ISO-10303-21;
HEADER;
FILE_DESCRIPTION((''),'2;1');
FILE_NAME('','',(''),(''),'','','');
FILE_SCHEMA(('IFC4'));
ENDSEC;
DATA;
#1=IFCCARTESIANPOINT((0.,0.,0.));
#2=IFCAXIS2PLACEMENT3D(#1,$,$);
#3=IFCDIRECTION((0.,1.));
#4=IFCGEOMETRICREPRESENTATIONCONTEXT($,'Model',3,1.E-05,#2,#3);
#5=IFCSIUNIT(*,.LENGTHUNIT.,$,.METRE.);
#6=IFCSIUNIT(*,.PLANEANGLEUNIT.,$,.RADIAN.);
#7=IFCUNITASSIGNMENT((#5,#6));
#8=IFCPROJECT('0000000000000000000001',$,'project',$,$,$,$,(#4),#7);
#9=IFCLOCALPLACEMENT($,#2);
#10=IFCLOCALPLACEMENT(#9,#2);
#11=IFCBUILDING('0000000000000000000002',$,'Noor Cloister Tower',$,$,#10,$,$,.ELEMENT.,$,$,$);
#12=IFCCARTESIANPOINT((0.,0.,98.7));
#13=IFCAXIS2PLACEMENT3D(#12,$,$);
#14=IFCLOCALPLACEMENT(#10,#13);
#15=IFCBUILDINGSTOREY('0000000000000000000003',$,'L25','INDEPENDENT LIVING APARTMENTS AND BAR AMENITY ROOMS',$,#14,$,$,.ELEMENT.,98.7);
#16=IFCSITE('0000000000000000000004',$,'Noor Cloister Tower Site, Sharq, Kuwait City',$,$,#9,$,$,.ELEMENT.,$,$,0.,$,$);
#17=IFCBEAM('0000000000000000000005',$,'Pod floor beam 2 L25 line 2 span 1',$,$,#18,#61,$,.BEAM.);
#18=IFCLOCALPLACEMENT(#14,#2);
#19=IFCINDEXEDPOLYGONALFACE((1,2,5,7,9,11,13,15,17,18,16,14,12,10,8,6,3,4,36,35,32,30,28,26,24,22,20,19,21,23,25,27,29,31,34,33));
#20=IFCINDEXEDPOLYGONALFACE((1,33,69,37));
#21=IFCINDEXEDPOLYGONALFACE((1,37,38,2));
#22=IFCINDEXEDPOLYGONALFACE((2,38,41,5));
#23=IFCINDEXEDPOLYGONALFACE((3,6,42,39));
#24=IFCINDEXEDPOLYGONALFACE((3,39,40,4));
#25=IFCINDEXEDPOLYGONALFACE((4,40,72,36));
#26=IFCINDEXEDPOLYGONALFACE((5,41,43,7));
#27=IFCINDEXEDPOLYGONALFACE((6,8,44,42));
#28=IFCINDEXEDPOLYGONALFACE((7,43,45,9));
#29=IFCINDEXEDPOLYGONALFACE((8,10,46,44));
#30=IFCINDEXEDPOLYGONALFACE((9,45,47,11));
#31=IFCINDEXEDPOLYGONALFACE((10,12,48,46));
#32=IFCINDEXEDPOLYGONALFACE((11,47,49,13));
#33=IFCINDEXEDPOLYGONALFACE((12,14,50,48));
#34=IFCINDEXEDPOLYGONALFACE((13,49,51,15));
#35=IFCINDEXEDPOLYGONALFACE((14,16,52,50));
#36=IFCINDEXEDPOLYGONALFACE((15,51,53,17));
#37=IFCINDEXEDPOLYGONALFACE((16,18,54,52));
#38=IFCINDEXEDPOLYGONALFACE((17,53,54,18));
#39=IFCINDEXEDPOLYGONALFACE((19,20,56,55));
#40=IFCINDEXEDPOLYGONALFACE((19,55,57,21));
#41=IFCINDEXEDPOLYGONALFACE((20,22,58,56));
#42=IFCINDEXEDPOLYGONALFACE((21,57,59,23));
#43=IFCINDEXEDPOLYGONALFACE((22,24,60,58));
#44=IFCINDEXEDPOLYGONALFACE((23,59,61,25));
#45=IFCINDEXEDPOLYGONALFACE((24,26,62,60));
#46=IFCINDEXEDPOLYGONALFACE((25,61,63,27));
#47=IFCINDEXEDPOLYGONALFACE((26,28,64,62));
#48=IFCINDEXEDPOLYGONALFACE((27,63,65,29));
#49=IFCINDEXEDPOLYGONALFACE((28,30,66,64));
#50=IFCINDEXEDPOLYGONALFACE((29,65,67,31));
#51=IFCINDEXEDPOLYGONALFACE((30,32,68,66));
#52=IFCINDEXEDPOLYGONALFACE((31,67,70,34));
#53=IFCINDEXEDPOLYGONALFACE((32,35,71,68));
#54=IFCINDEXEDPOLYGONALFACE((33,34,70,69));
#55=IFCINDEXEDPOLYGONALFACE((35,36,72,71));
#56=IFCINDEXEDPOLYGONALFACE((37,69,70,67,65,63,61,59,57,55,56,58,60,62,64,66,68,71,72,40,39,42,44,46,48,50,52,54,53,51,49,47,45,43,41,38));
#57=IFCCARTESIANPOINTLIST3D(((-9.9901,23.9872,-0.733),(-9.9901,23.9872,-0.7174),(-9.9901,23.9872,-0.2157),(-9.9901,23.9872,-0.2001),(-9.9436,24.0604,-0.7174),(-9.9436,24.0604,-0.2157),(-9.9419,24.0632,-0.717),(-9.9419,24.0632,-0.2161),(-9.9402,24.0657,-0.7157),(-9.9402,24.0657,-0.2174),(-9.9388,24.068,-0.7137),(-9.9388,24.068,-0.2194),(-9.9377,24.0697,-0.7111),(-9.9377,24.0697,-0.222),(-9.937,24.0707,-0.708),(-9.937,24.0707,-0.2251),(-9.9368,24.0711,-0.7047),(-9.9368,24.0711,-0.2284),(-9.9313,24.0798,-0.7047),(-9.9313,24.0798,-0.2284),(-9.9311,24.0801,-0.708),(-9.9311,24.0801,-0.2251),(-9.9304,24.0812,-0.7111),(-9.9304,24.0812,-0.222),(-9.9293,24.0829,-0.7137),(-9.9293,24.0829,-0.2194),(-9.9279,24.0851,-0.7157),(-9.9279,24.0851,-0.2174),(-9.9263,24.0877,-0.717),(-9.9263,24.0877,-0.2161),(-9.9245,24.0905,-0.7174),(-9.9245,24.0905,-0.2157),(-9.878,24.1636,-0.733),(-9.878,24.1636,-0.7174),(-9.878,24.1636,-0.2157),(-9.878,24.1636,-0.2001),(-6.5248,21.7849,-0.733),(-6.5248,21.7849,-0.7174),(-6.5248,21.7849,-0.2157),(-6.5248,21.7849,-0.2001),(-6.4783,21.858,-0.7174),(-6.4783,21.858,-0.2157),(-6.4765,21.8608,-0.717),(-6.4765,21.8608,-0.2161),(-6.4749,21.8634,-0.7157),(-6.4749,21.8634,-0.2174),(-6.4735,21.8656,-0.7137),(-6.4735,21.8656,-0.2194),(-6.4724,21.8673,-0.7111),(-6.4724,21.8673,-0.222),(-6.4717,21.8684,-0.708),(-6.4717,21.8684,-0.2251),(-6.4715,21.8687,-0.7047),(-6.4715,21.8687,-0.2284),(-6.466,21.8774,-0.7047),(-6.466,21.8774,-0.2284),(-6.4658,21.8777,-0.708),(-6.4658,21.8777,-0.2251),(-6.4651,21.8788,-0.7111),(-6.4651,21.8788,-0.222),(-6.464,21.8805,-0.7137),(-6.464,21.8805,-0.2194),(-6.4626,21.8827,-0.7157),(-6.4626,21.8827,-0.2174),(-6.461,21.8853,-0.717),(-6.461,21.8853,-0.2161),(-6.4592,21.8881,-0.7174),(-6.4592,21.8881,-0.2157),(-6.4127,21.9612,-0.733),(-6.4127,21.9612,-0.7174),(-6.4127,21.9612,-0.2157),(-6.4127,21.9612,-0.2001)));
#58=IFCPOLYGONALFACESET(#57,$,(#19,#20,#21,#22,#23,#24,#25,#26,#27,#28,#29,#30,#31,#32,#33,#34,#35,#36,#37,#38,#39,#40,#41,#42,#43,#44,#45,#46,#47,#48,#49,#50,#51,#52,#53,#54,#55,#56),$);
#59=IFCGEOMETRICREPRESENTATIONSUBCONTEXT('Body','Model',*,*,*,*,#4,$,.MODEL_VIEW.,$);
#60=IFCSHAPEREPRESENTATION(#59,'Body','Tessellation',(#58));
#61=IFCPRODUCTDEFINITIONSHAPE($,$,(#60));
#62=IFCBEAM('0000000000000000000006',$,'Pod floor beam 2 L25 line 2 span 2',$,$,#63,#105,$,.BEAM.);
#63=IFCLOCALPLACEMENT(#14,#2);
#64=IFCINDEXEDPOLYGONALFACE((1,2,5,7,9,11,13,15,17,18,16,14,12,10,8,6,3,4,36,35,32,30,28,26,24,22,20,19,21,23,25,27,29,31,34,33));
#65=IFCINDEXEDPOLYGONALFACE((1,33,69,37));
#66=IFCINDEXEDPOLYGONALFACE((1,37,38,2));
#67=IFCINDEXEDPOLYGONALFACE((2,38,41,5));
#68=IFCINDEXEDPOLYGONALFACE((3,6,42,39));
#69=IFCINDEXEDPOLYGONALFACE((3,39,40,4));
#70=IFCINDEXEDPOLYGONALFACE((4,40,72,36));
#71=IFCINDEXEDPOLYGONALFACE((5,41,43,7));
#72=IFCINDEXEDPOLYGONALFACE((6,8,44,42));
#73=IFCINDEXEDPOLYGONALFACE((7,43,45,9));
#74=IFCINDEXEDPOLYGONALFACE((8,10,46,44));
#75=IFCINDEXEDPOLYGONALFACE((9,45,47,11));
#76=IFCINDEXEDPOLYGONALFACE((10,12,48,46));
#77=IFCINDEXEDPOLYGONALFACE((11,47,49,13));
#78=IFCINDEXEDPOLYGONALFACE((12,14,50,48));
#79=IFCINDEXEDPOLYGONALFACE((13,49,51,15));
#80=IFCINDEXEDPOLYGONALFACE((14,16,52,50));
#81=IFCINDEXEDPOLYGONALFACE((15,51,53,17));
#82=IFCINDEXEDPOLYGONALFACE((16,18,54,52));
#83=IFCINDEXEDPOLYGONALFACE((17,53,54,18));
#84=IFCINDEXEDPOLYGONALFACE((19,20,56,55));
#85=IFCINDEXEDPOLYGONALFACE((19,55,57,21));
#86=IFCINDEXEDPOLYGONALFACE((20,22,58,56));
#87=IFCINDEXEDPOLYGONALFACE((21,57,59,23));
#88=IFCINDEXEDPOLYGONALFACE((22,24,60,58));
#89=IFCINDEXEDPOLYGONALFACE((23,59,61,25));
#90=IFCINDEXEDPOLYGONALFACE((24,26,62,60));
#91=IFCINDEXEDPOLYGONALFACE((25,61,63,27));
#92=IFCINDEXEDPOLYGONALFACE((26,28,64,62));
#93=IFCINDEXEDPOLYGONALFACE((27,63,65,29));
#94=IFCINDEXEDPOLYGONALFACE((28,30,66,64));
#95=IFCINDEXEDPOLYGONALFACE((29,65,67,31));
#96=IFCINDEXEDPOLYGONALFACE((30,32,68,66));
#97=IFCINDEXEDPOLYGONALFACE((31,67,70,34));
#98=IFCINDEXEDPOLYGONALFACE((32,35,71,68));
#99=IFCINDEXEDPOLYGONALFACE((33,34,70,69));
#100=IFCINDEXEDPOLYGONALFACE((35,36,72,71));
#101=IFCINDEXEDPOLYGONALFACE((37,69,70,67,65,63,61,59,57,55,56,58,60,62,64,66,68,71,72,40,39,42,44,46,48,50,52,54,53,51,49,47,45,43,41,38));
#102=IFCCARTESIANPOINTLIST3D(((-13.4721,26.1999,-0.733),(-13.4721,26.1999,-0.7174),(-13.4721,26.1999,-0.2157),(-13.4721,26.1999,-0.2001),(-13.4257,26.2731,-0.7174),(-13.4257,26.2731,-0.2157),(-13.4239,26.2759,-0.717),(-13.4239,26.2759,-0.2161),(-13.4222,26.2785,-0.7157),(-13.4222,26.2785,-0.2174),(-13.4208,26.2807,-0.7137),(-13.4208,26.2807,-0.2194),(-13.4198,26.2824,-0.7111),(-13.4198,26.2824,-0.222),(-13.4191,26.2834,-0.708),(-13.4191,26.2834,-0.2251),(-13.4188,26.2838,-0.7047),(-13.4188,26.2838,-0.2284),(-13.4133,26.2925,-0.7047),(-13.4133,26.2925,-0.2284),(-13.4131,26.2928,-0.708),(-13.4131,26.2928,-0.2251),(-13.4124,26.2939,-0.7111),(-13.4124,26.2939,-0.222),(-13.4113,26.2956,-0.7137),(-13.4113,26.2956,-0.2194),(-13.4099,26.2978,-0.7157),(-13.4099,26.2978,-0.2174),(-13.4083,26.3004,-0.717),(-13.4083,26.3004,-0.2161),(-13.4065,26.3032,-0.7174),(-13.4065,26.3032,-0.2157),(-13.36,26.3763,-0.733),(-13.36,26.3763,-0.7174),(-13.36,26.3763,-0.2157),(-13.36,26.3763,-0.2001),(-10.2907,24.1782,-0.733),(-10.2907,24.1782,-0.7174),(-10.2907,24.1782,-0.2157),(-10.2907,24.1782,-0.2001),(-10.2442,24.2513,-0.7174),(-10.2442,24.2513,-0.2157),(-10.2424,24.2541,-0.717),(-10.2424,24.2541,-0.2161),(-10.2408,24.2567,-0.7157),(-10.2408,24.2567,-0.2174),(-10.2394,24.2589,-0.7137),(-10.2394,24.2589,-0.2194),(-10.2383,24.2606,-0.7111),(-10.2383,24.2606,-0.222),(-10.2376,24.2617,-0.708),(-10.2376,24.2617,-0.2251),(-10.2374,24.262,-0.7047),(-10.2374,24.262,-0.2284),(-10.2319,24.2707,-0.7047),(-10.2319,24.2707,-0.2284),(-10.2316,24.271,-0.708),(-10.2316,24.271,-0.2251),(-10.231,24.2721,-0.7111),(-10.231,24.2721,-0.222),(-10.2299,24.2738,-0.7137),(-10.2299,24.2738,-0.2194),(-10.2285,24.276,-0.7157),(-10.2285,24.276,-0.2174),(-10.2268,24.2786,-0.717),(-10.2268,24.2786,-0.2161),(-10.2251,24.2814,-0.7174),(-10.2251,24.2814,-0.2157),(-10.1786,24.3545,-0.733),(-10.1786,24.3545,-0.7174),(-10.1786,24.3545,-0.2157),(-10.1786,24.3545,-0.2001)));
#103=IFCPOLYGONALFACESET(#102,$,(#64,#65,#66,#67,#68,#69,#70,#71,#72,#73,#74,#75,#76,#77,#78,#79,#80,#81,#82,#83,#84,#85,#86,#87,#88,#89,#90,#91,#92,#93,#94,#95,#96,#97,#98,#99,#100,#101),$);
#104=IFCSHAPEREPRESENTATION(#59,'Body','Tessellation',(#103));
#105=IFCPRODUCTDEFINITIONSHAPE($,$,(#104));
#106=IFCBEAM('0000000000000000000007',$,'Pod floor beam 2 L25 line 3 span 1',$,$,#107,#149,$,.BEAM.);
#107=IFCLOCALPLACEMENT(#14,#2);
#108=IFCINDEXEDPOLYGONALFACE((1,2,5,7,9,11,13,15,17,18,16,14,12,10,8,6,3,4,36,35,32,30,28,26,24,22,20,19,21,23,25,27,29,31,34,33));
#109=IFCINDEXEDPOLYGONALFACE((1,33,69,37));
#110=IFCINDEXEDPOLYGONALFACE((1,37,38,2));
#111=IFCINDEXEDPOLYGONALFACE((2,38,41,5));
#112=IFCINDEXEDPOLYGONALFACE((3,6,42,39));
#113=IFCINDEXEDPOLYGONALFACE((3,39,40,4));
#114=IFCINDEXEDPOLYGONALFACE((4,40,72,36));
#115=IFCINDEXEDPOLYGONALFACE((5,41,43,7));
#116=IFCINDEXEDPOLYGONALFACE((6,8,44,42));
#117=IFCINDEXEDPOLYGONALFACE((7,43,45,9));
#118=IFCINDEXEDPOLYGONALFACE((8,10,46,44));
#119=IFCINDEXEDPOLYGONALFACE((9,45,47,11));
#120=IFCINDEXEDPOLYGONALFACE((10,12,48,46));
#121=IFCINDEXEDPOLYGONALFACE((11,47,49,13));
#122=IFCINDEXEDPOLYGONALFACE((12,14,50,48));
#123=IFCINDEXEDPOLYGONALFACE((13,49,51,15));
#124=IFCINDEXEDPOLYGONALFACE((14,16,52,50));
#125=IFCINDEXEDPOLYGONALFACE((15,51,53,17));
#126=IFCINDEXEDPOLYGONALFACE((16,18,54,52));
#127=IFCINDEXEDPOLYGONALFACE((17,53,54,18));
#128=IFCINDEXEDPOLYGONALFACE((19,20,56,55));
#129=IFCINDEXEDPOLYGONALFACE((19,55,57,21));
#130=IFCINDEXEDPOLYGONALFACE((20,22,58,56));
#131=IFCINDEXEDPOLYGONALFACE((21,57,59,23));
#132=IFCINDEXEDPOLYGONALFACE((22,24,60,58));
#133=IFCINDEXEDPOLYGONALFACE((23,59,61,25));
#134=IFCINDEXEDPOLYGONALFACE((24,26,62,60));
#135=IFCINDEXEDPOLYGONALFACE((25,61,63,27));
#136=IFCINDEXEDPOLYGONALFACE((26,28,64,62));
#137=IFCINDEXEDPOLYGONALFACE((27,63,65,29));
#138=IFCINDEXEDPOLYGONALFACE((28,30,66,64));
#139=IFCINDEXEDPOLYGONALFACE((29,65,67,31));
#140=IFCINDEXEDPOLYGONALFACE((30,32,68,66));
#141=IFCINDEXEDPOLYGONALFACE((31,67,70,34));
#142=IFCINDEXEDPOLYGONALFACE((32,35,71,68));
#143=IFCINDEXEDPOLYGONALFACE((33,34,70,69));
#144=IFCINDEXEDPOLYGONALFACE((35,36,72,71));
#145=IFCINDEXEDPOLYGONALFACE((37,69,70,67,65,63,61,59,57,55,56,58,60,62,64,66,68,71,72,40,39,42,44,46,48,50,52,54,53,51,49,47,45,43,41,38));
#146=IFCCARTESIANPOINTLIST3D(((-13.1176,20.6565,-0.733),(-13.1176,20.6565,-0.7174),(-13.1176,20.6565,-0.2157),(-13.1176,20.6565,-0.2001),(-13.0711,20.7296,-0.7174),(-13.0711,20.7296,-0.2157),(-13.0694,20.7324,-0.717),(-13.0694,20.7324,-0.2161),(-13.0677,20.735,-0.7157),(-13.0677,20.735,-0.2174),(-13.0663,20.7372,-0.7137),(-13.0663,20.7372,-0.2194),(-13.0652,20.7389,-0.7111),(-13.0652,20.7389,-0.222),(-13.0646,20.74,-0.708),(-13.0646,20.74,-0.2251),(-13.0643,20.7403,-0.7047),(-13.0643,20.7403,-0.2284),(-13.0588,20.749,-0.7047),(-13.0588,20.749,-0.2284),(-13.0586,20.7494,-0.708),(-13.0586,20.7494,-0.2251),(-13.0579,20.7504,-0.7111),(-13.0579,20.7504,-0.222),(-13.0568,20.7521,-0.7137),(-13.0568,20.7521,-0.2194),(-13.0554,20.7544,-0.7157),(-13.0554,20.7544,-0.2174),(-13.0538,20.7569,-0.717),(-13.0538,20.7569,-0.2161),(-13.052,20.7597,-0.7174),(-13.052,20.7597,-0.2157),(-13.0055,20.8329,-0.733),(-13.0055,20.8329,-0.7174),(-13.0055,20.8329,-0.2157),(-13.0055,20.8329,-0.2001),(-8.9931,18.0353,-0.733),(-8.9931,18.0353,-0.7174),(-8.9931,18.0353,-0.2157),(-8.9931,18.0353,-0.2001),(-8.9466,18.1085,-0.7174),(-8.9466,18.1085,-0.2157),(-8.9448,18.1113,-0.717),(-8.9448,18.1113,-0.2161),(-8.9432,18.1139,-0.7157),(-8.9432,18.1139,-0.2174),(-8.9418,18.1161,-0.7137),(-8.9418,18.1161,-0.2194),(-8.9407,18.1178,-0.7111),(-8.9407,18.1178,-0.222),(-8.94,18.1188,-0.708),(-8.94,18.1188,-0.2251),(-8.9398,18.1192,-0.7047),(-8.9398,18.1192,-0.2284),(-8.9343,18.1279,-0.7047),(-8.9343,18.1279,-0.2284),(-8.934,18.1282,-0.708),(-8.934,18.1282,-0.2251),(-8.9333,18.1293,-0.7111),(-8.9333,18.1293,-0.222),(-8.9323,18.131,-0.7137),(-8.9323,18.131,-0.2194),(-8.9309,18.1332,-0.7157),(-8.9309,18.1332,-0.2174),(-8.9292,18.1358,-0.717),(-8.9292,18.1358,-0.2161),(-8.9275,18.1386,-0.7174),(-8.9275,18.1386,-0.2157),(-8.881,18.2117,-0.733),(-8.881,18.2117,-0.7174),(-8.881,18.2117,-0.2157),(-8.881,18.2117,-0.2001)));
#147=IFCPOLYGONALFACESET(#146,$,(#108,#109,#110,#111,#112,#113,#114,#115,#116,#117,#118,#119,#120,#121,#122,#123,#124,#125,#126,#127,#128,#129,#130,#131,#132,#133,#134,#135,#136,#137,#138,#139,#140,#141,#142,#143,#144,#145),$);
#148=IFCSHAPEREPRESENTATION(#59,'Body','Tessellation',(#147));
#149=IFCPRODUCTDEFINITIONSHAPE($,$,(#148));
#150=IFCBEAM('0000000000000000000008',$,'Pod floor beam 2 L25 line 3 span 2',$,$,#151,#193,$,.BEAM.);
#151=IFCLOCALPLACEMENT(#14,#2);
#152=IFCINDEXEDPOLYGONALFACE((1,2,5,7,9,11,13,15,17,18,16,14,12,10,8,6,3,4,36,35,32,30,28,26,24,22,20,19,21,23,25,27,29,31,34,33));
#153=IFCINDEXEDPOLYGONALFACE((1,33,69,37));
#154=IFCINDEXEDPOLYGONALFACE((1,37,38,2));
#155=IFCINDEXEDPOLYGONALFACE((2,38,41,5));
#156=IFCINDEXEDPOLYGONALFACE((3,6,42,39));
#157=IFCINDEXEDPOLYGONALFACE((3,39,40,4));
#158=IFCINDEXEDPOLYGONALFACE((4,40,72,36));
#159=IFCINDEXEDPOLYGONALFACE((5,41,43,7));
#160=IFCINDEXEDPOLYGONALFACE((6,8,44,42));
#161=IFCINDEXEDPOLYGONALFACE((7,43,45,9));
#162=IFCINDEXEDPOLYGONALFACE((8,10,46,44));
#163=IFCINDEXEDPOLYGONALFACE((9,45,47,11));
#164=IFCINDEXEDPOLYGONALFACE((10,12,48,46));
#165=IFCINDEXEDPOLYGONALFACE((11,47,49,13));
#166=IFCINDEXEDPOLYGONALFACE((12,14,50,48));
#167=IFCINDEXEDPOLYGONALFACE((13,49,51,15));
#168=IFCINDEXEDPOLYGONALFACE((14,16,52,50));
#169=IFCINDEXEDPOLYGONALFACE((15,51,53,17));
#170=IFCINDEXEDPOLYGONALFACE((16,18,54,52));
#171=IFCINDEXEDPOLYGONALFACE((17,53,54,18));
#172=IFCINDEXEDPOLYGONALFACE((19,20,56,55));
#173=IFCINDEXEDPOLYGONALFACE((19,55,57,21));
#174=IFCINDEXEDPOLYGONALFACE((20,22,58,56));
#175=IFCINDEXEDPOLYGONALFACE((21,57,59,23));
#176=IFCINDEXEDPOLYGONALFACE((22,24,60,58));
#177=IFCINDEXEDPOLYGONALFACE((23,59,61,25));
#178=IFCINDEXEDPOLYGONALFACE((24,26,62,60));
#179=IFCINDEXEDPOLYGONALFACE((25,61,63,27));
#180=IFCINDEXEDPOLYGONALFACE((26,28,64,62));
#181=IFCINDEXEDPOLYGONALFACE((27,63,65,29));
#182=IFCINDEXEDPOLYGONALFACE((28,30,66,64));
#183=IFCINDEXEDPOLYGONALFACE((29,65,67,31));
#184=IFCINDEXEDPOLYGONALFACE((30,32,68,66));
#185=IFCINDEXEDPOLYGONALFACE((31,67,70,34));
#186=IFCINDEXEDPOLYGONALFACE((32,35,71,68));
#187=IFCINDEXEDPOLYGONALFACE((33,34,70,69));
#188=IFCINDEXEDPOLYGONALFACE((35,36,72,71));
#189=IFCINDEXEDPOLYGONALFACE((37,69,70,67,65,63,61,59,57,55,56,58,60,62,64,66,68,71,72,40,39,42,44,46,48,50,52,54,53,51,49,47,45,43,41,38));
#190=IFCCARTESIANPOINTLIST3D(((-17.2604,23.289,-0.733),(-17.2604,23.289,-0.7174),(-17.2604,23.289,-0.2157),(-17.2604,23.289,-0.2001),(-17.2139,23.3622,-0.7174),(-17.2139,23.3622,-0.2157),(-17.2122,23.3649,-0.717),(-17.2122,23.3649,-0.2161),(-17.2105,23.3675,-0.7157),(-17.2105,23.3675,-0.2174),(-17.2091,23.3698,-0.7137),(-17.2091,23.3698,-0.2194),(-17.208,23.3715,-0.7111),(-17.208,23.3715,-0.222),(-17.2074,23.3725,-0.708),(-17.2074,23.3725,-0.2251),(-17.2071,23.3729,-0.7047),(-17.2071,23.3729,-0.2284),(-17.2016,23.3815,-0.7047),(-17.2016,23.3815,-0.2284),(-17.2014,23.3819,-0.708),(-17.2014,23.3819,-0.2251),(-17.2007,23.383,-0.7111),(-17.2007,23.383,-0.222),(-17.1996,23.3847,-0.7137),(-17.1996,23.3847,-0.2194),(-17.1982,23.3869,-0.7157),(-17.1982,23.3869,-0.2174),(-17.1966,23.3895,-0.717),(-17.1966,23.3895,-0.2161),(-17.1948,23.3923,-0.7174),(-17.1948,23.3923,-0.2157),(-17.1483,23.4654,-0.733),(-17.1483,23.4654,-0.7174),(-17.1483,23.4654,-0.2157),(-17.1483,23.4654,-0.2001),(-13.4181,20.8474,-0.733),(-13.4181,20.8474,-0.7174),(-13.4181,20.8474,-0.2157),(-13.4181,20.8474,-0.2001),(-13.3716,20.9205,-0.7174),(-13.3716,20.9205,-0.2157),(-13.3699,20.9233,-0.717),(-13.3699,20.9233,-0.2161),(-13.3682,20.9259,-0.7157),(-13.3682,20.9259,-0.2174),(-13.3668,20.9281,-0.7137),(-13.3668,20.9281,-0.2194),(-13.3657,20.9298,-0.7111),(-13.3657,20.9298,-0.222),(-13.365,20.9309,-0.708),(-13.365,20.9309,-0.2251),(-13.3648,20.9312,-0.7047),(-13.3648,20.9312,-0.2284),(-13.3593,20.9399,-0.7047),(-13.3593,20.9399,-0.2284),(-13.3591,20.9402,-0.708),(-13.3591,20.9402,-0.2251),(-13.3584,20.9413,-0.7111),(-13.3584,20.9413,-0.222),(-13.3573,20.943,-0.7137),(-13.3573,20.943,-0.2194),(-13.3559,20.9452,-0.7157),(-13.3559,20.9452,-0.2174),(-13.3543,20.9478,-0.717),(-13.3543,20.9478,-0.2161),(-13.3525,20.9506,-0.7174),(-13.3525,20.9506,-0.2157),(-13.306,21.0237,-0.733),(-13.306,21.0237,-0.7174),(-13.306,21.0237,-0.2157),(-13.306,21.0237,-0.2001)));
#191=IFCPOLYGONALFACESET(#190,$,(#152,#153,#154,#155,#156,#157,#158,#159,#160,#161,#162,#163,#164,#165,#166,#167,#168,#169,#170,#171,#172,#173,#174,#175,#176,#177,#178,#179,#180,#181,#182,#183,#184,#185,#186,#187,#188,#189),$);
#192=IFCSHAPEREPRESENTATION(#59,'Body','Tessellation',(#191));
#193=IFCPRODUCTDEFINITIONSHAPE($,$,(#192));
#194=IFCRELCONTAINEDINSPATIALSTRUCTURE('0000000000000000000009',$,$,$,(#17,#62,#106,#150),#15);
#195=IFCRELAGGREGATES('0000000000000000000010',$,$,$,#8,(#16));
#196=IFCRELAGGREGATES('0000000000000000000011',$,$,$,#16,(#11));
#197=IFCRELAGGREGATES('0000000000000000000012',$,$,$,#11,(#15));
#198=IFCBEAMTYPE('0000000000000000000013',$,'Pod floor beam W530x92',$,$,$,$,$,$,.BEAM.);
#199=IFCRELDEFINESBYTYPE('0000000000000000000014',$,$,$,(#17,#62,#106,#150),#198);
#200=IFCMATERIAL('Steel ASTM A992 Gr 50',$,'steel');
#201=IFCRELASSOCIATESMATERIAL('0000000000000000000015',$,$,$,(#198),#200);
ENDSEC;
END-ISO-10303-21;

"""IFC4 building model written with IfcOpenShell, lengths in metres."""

from ifc_helpers import new_model, si_unit, direction, frame, origin, origin_2d, place, context, subcontext, project, spatial, i_section, extrude, material, material_profile, profile_set, type_object, element, save


model = new_model("IFC4")

# Units and contexts
model_context = context("Model", 3, precision=1e-05, world=origin(), true_north=direction((0.0, 1.0)))
body_context = subcontext(model_context, "Body", "Model", "MODEL_VIEW")
ifc_project = project(units=[si_unit("LENGTHUNIT", "METRE"), si_unit("PLANEANGLEUNIT", "RADIAN")], contexts=[model_context])

# Site, building, storey
site_placement = place(None, origin())
site = spatial("IfcSite", under=ifc_project, at=site_placement, Name="Noor Cloister Tower Site, Sharq, Kuwait City", CompositionType="ELEMENT", RefElevation=0.0)
building_placement = place(site_placement, origin())
building = spatial("IfcBuilding", under=site, at=building_placement, Name="Noor Cloister Tower", CompositionType="ELEMENT")
storey_placement = place(building_placement, frame((0.0, 0.0, 98.7)))
storey = spatial("IfcBuildingStorey", under=building, at=storey_placement, Name="L25", Description="INDEPENDENT LIVING APARTMENTS AND BAR AMENITY ROOMS", CompositionType="ELEMENT", Elevation=98.7)

# Beams
ifc_material_1 = material(Name="Steel ASTM A992 Gr 50", Category="steel")
ifc_material_profile_1 = material_profile(ifc_material_1, i_section(OverallWidth=0.209, OverallDepth=0.533, WebThickness=0.0103, FlangeThickness=0.0156, FilletRadius=0.0127, at=origin_2d()), Name="W530x92")
ifc_profile_set_1 = profile_set([ifc_material_profile_1], Name="Steel ASTM A992 Gr 50")
beam_type_1 = type_object("IfcBeamType", Name="Pod floor beam W530x92", PredefinedType="BEAM", material=ifc_profile_set_1)
beam_1_placement = place(storey_placement, frame((-6.4688, 21.873, -0.4666), z_axis=(-0.843972, 0.536387, 0.0), x_axis=(-0.536387, -0.843972, 0.0)))
element("IfcBeam", 1, at=beam_1_placement, inside=storey, type_object=beam_type_1, Name="Pod floor beam 2 L25 line 2 span 1", PredefinedType="BEAM", context=body_context, shape_type="SweptSolid", body=[
    extrude(i_section(OverallWidth=0.209, OverallDepth=0.533, WebThickness=0.0103, FlangeThickness=0.0156, FilletRadius=0.0127, at=origin_2d()), origin(), (0.0, 0.0, 1.0), 4.106),
])
beam_2_placement = place(storey_placement, frame((-10.2346, 24.2664, -0.4666), z_axis=(-0.843997, 0.536347, 0.0), x_axis=(-0.536347, -0.843997, 0.0)))
element("IfcBeam", 2, at=beam_2_placement, inside=storey, type_object=beam_type_1, Name="Pod floor beam 2 L25 line 2 span 2", PredefinedType="BEAM", context=body_context, shape_type="SweptSolid", body=[
    extrude(i_section(OverallWidth=0.209, OverallDepth=0.533, WebThickness=0.0103, FlangeThickness=0.0156, FilletRadius=0.0127, at=origin_2d()), origin(), (0.0, 0.0, 1.0), 3.7695),
])
beam_3_placement = place(storey_placement, frame((-8.937, 18.1235, -0.4666), z_axis=(-0.843995, 0.536352, 0.0), x_axis=(-0.536352, -0.843995, 0.0)))
element("IfcBeam", 3, at=beam_3_placement, inside=storey, type_object=beam_type_1, Name="Pod floor beam 2 L25 line 3 span 1", PredefinedType="BEAM", context=body_context, shape_type="SweptSolid", body=[
    extrude(i_section(OverallWidth=0.209, OverallDepth=0.533, WebThickness=0.0103, FlangeThickness=0.0156, FilletRadius=0.0127, at=origin_2d()), origin(), (0.0, 0.0, 1.0), 4.887),
])
beam_4_placement = place(storey_placement, frame((-13.3621, 20.9355, -0.4666), z_axis=(-0.844004, 0.536338, 0.0), x_axis=(-0.536338, -0.844004, 0.0)))
element("IfcBeam", 4, at=beam_4_placement, inside=storey, type_object=beam_type_1, Name="Pod floor beam 2 L25 line 3 span 2", PredefinedType="BEAM", context=body_context, shape_type="SweptSolid", body=[
    extrude(i_section(OverallWidth=0.209, OverallDepth=0.533, WebThickness=0.0103, FlangeThickness=0.0156, FilletRadius=0.0127, at=origin_2d()), origin(), (0.0, 0.0, 1.0), 4.5525),
])

save(model, "model.ifc")
